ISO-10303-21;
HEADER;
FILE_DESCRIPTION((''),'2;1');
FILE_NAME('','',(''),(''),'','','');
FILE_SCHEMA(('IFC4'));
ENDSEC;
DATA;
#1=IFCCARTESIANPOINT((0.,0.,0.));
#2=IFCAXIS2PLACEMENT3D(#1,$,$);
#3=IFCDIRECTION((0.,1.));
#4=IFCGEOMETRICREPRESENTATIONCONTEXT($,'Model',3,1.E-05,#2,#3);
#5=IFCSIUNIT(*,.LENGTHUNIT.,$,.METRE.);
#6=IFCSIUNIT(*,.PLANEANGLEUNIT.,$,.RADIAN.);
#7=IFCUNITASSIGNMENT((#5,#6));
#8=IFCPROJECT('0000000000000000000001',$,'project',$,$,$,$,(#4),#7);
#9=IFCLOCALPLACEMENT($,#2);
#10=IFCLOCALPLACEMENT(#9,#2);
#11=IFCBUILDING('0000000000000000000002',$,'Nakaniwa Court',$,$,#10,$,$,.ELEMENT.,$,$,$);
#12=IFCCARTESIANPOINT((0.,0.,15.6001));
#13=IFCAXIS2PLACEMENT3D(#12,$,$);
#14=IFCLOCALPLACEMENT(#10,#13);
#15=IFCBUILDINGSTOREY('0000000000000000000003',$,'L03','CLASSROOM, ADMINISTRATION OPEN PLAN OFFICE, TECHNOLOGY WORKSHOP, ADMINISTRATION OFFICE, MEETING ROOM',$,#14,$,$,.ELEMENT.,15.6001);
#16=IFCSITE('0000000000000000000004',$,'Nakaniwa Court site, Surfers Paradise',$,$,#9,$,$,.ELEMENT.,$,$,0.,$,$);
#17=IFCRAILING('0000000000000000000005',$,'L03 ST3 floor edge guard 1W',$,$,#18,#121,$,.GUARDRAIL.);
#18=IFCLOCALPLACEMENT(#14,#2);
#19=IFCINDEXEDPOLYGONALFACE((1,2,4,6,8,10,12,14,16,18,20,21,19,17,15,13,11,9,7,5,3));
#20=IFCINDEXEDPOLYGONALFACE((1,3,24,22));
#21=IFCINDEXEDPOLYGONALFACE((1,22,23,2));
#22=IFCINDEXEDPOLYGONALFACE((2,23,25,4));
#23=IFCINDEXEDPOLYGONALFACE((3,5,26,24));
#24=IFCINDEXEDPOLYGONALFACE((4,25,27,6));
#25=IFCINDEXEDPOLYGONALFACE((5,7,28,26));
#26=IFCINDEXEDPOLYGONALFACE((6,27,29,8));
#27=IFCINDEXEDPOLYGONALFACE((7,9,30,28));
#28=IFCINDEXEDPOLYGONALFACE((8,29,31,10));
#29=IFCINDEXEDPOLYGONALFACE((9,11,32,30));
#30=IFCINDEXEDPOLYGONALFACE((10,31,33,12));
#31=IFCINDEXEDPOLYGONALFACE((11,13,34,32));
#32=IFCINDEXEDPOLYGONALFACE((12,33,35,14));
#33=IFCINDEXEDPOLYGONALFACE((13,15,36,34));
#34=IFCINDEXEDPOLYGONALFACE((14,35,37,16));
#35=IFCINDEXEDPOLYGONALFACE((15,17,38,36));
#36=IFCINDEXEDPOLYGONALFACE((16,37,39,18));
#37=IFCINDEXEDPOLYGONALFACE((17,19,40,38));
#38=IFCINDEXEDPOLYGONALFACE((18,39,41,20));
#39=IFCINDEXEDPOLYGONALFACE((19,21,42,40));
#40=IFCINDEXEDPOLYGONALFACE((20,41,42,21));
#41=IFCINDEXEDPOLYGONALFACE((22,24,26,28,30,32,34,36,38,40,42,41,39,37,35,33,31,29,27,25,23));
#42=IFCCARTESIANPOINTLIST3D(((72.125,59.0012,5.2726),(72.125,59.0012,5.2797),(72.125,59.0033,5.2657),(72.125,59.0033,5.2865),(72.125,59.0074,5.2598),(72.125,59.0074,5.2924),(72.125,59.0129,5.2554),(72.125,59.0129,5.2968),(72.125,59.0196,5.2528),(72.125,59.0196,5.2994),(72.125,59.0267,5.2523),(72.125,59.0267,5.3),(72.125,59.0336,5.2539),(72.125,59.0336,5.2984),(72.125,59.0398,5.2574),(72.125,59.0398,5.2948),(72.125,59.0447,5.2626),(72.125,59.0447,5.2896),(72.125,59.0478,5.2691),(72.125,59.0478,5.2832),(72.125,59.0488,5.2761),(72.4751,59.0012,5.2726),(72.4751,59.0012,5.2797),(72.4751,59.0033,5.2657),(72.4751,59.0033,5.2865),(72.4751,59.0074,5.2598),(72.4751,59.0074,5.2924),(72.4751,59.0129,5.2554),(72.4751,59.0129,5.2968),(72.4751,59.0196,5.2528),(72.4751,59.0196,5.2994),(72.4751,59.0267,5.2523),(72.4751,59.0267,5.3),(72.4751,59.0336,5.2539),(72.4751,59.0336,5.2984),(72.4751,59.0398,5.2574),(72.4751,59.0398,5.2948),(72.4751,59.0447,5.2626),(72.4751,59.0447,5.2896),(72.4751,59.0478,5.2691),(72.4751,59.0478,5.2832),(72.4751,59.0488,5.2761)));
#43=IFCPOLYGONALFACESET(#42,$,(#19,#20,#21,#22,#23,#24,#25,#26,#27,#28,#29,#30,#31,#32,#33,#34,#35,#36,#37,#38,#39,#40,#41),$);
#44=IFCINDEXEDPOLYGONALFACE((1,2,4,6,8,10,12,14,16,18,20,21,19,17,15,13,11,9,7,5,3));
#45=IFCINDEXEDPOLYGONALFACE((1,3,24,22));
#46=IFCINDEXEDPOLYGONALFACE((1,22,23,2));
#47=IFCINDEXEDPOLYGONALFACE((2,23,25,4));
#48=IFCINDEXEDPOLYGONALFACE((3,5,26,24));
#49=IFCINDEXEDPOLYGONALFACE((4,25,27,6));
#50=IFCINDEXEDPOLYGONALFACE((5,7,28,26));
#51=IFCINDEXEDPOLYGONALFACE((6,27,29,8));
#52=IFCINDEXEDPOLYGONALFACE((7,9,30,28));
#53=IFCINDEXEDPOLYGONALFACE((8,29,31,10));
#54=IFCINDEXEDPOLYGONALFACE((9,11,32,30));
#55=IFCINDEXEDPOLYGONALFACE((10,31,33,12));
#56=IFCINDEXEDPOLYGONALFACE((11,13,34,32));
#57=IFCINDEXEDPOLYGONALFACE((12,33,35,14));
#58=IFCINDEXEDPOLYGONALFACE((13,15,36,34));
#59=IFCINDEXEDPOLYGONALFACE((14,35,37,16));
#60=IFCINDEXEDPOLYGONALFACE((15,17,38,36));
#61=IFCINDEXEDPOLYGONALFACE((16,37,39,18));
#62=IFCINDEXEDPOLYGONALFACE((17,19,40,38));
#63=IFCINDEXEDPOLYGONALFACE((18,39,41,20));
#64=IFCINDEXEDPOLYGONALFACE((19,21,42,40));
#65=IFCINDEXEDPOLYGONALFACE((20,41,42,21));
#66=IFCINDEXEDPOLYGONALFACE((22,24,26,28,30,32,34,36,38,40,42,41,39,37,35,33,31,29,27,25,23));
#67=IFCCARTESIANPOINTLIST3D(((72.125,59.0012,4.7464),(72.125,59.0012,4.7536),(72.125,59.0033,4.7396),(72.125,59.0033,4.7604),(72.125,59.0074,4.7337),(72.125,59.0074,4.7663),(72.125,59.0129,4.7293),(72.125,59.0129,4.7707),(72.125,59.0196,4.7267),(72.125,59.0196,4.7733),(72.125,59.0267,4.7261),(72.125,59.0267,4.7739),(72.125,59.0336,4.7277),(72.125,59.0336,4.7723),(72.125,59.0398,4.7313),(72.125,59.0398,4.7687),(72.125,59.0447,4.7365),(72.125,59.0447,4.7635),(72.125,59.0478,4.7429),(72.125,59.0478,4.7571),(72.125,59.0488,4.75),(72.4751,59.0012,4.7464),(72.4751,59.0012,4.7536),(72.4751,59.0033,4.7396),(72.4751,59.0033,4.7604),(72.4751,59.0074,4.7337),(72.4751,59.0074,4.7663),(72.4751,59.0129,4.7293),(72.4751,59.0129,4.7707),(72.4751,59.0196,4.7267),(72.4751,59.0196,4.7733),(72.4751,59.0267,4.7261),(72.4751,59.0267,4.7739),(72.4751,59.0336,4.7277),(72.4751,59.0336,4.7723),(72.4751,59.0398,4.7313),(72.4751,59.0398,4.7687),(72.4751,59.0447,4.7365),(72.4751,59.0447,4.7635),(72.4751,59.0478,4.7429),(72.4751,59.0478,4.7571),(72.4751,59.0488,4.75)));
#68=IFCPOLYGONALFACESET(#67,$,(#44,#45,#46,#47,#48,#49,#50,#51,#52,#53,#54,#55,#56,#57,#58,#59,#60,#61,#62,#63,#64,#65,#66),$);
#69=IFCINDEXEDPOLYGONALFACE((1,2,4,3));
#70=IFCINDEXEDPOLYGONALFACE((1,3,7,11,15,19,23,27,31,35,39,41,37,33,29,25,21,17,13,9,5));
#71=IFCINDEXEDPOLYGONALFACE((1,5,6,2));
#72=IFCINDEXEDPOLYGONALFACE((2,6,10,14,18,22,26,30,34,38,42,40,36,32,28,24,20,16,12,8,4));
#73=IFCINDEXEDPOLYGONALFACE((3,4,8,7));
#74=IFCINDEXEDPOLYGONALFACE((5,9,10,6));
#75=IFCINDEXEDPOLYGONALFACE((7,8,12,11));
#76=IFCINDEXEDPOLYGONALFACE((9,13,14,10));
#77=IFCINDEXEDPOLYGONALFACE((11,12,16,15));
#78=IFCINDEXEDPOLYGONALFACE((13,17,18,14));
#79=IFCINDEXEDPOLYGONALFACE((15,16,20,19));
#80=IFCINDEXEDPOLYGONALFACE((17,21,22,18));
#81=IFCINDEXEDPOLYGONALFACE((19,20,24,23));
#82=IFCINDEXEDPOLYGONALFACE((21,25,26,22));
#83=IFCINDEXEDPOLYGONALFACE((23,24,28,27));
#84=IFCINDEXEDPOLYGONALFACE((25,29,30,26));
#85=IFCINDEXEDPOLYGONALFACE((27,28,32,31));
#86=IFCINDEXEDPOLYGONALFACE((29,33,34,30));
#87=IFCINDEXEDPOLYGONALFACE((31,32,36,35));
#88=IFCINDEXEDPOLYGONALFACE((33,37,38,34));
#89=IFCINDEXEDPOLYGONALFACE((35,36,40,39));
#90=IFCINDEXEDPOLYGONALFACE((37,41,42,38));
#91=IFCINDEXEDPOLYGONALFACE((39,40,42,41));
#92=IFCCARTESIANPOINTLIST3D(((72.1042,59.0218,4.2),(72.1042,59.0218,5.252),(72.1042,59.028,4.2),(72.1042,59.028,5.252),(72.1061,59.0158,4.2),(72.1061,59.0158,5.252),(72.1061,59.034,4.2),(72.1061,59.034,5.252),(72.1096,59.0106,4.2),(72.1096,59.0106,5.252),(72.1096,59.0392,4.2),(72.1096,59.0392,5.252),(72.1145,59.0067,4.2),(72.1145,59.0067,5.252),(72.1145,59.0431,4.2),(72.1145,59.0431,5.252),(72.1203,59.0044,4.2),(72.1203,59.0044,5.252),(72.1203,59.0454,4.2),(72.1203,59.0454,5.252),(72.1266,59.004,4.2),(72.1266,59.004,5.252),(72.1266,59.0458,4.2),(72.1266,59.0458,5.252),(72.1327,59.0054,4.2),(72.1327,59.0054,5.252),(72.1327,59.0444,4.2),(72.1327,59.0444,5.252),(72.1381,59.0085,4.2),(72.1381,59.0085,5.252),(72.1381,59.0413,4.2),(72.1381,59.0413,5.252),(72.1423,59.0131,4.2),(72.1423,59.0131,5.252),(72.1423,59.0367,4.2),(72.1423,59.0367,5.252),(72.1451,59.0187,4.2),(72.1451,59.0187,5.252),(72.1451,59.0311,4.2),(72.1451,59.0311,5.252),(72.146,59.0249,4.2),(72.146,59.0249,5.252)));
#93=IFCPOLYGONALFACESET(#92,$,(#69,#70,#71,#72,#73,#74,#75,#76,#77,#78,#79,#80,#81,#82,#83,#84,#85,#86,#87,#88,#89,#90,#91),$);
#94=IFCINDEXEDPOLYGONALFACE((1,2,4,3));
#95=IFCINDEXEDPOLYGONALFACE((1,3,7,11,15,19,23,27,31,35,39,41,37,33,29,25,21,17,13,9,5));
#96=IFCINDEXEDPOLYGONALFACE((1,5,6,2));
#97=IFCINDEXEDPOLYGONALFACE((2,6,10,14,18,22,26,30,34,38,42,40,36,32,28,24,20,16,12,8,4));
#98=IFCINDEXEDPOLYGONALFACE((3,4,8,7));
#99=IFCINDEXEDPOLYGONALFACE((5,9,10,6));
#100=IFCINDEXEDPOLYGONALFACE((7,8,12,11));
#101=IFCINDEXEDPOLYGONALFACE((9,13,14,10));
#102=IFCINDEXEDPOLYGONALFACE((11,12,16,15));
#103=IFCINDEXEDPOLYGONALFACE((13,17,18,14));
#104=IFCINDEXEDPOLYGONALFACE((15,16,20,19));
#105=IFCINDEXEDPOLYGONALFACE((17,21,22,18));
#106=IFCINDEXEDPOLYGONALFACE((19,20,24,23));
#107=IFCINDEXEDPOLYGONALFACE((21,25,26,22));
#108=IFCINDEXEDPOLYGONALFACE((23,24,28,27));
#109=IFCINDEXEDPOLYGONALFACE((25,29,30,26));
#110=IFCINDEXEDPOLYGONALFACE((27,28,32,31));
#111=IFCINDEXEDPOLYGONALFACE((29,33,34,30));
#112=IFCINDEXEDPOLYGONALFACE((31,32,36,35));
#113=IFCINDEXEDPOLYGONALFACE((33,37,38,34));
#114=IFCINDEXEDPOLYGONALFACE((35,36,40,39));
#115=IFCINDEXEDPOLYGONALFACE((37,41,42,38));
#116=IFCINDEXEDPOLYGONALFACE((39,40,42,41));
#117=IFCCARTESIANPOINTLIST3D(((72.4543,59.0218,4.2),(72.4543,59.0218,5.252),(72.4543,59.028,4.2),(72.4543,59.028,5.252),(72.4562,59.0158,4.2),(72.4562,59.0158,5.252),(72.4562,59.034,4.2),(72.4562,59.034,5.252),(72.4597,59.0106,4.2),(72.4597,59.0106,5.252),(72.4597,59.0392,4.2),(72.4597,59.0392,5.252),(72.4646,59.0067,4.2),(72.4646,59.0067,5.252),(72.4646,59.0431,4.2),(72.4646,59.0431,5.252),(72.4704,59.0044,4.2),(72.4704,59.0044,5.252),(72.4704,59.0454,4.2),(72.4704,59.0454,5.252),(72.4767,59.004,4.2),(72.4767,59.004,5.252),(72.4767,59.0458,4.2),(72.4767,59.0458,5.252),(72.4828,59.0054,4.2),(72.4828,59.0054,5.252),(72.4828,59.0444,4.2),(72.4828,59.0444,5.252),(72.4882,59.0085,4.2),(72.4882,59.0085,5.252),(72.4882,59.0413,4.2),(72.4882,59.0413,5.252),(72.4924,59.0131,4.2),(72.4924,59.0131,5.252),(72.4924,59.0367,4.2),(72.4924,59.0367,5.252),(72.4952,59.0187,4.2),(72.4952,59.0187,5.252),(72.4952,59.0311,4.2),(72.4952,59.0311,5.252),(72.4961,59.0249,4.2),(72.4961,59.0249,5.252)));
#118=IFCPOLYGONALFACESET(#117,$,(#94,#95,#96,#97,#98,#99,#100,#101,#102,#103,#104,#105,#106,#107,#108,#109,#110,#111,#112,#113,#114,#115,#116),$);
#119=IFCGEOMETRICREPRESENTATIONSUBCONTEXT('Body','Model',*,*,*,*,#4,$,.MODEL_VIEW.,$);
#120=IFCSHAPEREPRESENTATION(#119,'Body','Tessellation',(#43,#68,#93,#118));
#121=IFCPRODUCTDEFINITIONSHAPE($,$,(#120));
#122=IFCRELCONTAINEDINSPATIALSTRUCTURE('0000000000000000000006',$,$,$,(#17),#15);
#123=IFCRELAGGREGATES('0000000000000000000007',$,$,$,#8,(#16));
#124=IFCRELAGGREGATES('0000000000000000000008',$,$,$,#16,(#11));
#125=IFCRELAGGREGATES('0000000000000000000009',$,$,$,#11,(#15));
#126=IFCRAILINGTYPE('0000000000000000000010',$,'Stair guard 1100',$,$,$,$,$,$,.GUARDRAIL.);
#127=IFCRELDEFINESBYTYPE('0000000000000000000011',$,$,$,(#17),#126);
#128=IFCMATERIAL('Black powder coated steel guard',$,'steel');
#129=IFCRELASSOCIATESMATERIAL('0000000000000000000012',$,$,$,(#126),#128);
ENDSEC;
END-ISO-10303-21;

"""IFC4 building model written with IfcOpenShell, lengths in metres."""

from ifc_helpers import new_model, si_unit, direction, frame, origin, origin_2d, place, context, subcontext, project, spatial, circle, extrude, material, type_object, element, save


model = new_model("IFC4")

# Units and contexts
model_context = context("Model", 3, precision=1e-05, world=origin(), true_north=direction((0.0, 1.0)))
body_context = subcontext(model_context, "Body", "Model", "MODEL_VIEW")
ifc_project = project(units=[si_unit("LENGTHUNIT", "METRE"), si_unit("PLANEANGLEUNIT", "RADIAN")], contexts=[model_context])

# Site, building, storey
site_placement = place(None, origin())
site = spatial("IfcSite", under=ifc_project, at=site_placement, Name="Nakaniwa Court site, Surfers Paradise", CompositionType="ELEMENT", RefElevation=0.0)
building_placement = place(site_placement, origin())
building = spatial("IfcBuilding", under=site, at=building_placement, Name="Nakaniwa Court", CompositionType="ELEMENT")
storey_placement = place(building_placement, frame((0.0, 0.0, 15.6001)))
storey = spatial("IfcBuildingStorey", under=building, at=storey_placement, Name="L03", Description="CLASSROOM, ADMINISTRATION OPEN PLAN OFFICE, TECHNOLOGY WORKSHOP, ADMINISTRATION OFFICE, MEETING ROOM", CompositionType="ELEMENT", Elevation=15.6001)

# Railing
ifc_material_1 = material(Name="Black powder coated steel guard", Category="steel")
railing_type_1 = type_object("IfcRailingType", Name="Stair guard 1100", PredefinedType="GUARDRAIL", material=ifc_material_1)
for number, where, name in (
    (1, (72.125, 59.0249, 4.2), "L03 ST3 floor edge guard 1W"),
):
    element("IfcRailing", number, at=place(storey_placement, frame(where)), inside=storey, type_object=railing_type_1, Name=name, PredefinedType="GUARDRAIL", context=body_context, shape_type="SweptSolid", body=[
        extrude(circle(Radius=0.0239, at=origin_2d()), frame((0.0, 0.0, 1.0762), z_axis=(1.0, 0.0, 0.0), x_axis=(0.0, 1.0, 0.0)), (0.0, 0.0, 1.0), 0.3501),
        extrude(circle(Radius=0.0239, at=origin_2d()), frame((0.0, 0.0, 0.55), z_axis=(1.0, 0.0, 0.0), x_axis=(0.0, 1.0, 0.0)), (0.0, 0.0, 1.0), 0.3501),
        extrude(circle(Radius=0.021, at=origin_2d()), origin(), (0.0, 0.0, 1.0), 1.052),
        extrude(circle(Radius=0.021, at=origin_2d()), frame((0.3501, 0.0, 0.0)), (0.0, 0.0, 1.0), 1.052),
    ])

save(model, "model.ifc")
